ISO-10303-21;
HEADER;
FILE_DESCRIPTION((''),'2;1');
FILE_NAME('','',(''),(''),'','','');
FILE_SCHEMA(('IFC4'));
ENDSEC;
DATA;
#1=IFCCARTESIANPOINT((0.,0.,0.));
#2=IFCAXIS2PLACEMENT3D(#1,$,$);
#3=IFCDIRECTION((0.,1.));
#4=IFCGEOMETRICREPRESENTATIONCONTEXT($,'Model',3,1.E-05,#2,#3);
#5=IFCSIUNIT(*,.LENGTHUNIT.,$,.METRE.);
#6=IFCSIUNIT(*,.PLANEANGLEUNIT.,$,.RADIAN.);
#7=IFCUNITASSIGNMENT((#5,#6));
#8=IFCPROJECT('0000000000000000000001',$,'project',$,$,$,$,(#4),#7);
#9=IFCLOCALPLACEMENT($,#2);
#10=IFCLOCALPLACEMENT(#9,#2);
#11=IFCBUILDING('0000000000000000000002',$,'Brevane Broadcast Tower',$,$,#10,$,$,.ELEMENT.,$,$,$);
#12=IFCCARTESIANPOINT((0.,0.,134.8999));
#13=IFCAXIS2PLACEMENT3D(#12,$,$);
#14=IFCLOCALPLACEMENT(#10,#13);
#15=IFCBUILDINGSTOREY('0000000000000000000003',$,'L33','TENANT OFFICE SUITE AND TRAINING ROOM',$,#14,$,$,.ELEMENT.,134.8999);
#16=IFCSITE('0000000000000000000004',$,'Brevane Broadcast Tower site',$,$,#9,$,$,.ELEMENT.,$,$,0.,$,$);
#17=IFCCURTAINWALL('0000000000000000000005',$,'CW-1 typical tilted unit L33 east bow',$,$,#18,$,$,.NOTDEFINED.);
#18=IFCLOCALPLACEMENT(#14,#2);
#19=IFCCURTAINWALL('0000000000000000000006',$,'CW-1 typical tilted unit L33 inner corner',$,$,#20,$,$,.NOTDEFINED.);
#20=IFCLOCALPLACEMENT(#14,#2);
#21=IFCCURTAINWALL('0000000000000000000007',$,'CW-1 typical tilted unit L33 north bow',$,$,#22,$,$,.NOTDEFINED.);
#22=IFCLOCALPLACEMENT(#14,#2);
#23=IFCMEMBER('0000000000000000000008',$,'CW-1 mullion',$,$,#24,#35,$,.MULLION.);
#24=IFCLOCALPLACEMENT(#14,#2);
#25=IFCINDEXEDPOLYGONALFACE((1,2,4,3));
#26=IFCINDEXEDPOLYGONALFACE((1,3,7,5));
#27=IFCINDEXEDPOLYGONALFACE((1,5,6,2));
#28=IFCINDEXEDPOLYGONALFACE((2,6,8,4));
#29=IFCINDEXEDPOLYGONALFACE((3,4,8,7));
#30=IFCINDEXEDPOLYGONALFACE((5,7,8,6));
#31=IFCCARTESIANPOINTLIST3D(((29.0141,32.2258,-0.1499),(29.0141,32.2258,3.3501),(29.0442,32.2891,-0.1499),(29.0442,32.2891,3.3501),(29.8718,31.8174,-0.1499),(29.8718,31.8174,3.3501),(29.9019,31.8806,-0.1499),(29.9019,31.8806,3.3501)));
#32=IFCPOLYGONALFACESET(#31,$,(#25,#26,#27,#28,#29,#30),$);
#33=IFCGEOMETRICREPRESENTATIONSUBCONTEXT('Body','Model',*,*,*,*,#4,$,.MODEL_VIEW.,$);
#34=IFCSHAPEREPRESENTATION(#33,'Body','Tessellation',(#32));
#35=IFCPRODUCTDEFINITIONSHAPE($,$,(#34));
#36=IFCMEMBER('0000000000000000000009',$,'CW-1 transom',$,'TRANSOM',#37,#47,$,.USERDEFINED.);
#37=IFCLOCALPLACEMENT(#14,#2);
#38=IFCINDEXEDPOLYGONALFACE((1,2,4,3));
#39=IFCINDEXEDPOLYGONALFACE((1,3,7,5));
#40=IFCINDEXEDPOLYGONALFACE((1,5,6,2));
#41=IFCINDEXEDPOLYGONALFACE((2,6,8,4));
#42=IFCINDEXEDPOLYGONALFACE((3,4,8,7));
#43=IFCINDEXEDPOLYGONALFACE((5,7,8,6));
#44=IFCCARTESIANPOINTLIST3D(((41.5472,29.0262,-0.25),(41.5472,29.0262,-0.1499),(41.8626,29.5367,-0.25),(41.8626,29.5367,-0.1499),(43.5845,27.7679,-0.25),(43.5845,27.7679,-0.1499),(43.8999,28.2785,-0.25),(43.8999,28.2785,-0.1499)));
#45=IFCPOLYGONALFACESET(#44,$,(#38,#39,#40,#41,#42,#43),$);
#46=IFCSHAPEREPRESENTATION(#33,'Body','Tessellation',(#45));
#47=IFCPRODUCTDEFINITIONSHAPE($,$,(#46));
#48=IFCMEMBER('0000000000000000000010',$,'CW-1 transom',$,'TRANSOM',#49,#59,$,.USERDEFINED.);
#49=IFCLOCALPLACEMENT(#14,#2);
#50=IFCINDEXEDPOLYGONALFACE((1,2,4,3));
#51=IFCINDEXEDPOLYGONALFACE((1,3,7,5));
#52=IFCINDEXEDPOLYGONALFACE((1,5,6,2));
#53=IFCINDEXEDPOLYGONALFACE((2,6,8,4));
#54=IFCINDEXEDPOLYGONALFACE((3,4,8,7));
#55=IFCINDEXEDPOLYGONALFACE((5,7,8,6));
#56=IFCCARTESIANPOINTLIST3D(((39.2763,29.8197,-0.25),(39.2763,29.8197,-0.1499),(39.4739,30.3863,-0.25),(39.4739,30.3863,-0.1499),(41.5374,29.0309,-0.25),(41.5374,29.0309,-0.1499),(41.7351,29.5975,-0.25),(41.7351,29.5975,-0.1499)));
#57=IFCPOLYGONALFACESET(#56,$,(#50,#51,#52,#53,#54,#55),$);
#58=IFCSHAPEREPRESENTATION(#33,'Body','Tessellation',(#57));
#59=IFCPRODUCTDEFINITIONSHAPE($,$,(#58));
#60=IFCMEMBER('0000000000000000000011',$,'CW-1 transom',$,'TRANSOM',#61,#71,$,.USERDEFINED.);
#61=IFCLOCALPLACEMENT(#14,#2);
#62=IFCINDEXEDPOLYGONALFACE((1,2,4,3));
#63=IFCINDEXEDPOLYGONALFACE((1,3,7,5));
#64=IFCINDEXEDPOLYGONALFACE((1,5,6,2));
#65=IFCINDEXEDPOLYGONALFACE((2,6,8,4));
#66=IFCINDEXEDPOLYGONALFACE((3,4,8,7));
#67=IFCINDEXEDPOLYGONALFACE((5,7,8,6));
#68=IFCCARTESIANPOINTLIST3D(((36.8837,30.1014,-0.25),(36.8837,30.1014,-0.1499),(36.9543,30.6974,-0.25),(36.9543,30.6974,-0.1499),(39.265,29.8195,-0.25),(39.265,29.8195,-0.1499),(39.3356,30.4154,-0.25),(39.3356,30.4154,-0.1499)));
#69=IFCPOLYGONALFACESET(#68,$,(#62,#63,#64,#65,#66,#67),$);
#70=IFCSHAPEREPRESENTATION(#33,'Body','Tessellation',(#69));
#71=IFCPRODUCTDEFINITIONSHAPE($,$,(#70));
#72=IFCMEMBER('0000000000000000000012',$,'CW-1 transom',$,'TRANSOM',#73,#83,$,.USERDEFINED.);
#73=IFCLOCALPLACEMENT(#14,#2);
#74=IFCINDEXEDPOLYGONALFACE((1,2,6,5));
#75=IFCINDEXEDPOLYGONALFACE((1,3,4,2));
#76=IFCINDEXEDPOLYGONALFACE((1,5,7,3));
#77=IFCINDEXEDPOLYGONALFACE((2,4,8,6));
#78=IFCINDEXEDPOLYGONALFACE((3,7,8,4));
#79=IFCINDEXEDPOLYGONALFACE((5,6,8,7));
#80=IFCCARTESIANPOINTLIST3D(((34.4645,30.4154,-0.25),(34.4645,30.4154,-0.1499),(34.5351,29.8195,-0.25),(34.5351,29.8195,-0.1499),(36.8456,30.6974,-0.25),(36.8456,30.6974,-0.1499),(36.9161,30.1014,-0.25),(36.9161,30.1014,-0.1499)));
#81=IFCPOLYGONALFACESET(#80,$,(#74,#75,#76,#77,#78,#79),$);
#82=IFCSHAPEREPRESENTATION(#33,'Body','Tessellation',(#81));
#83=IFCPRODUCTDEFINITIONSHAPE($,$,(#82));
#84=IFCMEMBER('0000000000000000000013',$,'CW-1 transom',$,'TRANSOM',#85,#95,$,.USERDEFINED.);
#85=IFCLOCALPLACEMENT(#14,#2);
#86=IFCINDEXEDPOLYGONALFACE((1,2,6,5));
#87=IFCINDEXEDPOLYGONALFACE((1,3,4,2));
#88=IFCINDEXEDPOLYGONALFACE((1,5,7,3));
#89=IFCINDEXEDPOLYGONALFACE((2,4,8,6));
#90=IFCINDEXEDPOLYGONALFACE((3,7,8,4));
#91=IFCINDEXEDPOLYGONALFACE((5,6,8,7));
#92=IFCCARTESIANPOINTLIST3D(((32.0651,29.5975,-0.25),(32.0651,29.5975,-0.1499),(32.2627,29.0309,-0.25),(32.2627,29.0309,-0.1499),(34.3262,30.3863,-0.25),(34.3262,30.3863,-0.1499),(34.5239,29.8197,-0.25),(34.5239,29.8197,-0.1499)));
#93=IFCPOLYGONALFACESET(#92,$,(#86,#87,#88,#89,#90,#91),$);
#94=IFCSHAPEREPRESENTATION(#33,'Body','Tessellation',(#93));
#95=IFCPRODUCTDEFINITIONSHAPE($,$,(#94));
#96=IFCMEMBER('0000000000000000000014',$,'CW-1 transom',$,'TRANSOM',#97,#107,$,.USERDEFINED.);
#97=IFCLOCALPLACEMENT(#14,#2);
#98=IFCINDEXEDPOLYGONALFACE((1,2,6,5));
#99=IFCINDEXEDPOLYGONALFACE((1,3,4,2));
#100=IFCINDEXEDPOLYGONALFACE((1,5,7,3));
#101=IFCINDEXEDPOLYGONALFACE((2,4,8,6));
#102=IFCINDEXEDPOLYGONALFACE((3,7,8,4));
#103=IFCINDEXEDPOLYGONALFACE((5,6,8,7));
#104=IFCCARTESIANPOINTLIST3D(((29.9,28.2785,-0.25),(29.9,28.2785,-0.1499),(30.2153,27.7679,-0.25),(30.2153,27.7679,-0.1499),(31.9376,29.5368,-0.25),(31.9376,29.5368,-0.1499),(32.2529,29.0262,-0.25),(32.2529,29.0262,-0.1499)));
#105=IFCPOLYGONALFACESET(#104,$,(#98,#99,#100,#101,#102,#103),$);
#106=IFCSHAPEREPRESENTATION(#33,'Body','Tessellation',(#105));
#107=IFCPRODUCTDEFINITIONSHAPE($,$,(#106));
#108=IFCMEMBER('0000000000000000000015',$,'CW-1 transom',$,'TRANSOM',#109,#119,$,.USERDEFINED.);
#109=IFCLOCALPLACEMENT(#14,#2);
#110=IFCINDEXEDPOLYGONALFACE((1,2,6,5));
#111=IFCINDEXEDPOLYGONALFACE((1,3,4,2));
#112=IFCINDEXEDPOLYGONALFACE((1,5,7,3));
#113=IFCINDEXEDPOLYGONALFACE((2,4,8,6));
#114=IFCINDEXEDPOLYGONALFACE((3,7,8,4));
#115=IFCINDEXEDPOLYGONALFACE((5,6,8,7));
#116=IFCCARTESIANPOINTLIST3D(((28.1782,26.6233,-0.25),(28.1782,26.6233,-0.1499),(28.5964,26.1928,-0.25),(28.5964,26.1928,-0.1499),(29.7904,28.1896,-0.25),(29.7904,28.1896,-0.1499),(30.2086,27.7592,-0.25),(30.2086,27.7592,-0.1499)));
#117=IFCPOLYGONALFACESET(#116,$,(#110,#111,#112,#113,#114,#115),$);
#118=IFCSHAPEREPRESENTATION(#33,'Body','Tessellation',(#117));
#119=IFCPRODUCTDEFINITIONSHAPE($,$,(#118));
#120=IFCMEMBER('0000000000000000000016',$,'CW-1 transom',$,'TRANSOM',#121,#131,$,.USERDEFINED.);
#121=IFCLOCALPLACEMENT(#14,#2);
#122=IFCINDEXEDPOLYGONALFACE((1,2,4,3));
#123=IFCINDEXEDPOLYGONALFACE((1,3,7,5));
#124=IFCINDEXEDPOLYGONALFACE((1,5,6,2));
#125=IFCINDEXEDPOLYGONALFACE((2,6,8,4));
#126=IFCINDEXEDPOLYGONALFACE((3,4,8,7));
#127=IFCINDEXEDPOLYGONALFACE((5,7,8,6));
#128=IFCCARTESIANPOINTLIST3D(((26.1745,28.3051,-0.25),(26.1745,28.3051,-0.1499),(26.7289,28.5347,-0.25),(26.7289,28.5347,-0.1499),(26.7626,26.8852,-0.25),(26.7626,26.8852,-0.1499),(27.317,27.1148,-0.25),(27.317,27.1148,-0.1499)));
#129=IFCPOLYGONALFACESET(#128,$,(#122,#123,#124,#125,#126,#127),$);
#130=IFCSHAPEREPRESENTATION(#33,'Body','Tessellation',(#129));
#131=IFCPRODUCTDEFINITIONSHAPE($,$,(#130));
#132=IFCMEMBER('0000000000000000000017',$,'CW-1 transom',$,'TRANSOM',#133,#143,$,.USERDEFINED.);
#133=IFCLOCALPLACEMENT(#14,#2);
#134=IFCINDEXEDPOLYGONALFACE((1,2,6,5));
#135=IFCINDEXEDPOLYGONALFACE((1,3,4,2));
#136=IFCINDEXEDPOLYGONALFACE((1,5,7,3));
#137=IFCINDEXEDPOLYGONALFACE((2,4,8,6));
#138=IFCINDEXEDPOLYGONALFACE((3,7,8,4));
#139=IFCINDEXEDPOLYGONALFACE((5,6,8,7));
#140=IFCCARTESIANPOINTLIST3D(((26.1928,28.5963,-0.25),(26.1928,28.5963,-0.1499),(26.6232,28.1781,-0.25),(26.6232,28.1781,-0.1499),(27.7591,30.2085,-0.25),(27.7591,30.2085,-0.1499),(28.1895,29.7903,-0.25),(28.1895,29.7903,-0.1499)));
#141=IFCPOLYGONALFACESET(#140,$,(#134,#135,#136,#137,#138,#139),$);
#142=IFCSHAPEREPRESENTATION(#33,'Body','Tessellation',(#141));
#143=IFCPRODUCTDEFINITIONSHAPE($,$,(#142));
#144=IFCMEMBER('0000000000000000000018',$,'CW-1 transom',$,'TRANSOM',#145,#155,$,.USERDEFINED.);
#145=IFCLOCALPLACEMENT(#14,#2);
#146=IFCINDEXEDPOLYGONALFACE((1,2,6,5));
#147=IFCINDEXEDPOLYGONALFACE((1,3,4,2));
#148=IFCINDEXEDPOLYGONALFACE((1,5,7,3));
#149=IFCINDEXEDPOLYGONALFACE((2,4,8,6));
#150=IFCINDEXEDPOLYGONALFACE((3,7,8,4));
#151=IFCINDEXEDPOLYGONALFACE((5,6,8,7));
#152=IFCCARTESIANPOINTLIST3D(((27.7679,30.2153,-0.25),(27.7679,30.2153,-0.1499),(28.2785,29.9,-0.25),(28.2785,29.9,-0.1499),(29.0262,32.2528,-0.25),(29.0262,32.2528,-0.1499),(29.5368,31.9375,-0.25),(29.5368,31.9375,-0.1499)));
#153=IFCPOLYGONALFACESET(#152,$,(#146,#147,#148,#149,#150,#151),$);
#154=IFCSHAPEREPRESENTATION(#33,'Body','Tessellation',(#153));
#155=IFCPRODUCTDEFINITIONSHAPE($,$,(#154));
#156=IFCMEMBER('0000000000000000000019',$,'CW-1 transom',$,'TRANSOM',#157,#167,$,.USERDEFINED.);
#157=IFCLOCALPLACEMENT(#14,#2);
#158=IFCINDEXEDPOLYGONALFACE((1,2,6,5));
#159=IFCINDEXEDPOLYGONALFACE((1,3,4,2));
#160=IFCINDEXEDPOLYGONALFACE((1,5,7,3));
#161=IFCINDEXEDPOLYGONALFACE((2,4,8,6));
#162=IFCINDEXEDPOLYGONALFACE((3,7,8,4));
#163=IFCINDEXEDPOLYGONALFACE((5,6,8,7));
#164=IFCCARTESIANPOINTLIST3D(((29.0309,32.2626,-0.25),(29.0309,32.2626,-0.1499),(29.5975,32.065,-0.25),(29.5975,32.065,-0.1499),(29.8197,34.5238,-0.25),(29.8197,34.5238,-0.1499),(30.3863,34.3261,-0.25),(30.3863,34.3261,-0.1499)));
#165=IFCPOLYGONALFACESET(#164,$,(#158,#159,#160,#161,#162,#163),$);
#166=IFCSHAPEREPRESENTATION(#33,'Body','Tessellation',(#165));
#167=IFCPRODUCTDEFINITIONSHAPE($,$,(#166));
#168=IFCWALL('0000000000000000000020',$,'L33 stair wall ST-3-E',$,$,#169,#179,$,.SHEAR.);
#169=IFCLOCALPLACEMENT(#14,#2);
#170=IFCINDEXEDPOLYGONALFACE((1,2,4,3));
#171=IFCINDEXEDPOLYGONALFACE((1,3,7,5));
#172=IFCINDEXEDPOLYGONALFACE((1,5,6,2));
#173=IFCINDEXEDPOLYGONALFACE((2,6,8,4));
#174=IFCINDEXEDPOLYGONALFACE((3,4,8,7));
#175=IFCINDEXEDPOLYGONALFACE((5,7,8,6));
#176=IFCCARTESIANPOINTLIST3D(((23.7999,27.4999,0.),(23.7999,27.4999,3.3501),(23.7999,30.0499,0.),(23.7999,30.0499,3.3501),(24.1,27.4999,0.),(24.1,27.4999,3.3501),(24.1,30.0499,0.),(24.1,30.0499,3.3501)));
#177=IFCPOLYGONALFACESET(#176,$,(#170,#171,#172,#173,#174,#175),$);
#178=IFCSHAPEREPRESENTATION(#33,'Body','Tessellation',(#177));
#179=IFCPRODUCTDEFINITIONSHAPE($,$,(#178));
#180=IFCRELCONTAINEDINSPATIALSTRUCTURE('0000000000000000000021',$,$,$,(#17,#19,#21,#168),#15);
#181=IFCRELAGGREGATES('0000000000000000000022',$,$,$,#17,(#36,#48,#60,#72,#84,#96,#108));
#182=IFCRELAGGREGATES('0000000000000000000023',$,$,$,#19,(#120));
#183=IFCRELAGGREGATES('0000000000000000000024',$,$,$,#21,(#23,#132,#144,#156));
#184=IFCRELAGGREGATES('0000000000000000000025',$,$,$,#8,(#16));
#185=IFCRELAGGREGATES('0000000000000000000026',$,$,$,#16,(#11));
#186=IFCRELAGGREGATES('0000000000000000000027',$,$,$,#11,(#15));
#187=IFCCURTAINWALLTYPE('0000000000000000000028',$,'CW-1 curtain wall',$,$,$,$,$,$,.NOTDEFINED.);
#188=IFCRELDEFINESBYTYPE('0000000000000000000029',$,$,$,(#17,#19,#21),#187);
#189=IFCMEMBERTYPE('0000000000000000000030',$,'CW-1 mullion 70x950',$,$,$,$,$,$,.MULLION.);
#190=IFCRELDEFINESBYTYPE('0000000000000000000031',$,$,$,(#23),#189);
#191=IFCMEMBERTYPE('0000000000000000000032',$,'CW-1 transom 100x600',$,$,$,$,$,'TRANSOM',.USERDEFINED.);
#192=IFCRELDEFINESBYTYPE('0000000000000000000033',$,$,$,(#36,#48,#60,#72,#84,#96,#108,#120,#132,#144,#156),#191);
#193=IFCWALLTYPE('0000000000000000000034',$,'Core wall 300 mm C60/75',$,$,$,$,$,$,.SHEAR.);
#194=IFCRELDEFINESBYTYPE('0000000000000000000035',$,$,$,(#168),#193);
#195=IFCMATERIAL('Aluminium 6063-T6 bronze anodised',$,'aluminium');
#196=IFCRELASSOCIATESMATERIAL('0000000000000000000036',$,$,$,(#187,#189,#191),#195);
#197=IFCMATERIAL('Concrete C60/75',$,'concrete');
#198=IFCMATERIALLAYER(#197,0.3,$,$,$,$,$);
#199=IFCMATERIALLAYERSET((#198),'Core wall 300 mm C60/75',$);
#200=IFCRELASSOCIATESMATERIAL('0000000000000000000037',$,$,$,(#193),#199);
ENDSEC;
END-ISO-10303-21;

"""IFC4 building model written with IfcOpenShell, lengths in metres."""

from ifc_helpers import new_model, si_unit, direction, frame, frame_2d, origin, origin_2d, place, context, subcontext, project, spatial, rectangle, extrude, material, layer, layer_set, material_profile, profile_set, type_object, element, aggregate, save


model = new_model("IFC4")

# Units and contexts
model_context = context("Model", 3, precision=1e-05, world=origin(), true_north=direction((0.0, 1.0)))
body_context = subcontext(model_context, "Body", "Model", "MODEL_VIEW")
ifc_project = project(units=[si_unit("LENGTHUNIT", "METRE"), si_unit("PLANEANGLEUNIT", "RADIAN")], contexts=[model_context])

# Site, building, storey
site_placement = place(None, origin())
site = spatial("IfcSite", under=ifc_project, at=site_placement, Name="Brevane Broadcast Tower site", CompositionType="ELEMENT", RefElevation=0.0)
building_placement = place(site_placement, origin())
building = spatial("IfcBuilding", under=site, at=building_placement, Name="Brevane Broadcast Tower", CompositionType="ELEMENT")
storey_placement = place(building_placement, frame((0.0, 0.0, 134.8999)))
storey = spatial("IfcBuildingStorey", under=building, at=storey_placement, Name="L33", Description="TENANT OFFICE SUITE AND TRAINING ROOM", CompositionType="ELEMENT", Elevation=134.8999)

# Curtain walls, member
ifc_material_1 = material(Name="Aluminium 6063-T6 bronze anodised", Category="aluminium")
curtain_wall_type = type_object("IfcCurtainWallType", Name="CW-1 curtain wall", PredefinedType="NOTDEFINED", material=ifc_material_1)
ifc_material_profile_1 = material_profile(ifc_material_1, rectangle(XDim=0.95, YDim=0.0701, at=origin_2d()), Name="RECT 70x950")
ifc_profile_set_1 = profile_set([ifc_material_profile_1], Name="Aluminium 6063-T6 bronze anodised")
member_type_1 = type_object("IfcMemberType", Name="CW-1 mullion 70x950", PredefinedType="MULLION", material=ifc_profile_set_1)
curtain_wall_1_placement = place(storey_placement, origin())
curtain_wall_1 = element("IfcCurtainWall", 1, at=curtain_wall_1_placement, inside=storey, type_object=curtain_wall_type, Name="CW-1 typical tilted unit L33 east bow", PredefinedType="NOTDEFINED")
curtain_wall_2_placement = place(storey_placement, origin())
curtain_wall_2 = element("IfcCurtainWall", 2, at=curtain_wall_2_placement, inside=storey, type_object=curtain_wall_type, Name="CW-1 typical tilted unit L33 inner corner", PredefinedType="NOTDEFINED")
curtain_wall_3_placement = place(storey_placement, origin())
curtain_wall_3 = element("IfcCurtainWall", 3, at=curtain_wall_3_placement, inside=storey, type_object=curtain_wall_type, Name="CW-1 typical tilted unit L33 north bow", PredefinedType="NOTDEFINED")
member_1_placement = place(storey_placement, frame((29.458, 32.0532, -0.1499), z_axis=(0.0, 0.0, 1.0), x_axis=(-0.902861, 0.429934, 0.0)))
member_1 = element("IfcMember", 4, at=member_1_placement, type_object=member_type_1, Name="CW-1 mullion", PredefinedType="MULLION", context=body_context, shape_type="SweptSolid", body=[
    extrude(rectangle(XDim=0.95, YDim=0.0701, at=origin_2d()), origin(), (0.0, 0.0, 1.0), 3.5),
])

# Members
ifc_material_profile_2 = material_profile(ifc_material_1, rectangle(XDim=0.6001, YDim=0.1001, at=origin_2d()), Name="RECT 100x600")
ifc_profile_set_2 = profile_set([ifc_material_profile_2], Name="Aluminium 6063-T6 bronze anodised")
member_type_2 = type_object("IfcMemberType", Name="CW-1 transom 100x600", ElementType="TRANSOM", PredefinedType="USERDEFINED", material=ifc_profile_set_2)
member_2_placement = place(storey_placement, frame((43.7422, 28.0232, -0.2), z_axis=(-0.85081, 0.525473, 0.0), x_axis=(-0.525473, -0.85081, 0.0)))
member_2 = element("IfcMember", 5, at=member_2_placement, type_object=member_type_2, Name="CW-1 transom", ObjectType="TRANSOM", PredefinedType="USERDEFINED", context=body_context, shape_type="SweptSolid", body=[
    extrude(rectangle(XDim=0.6001, YDim=0.1001, at=origin_2d()), origin(), (0.0, 0.0, 1.0), 2.3945),
])
member_3_placement = place(storey_placement, frame((41.6362, 29.3142, -0.2), z_axis=(-0.944198, 0.329378, 0.0), x_axis=(-0.329378, -0.944198, 0.0)))
member_3 = element("IfcMember", 6, at=member_3_placement, type_object=member_type_2, Name="CW-1 transom", ObjectType="TRANSOM", PredefinedType="USERDEFINED", context=body_context, shape_type="SweptSolid", body=[
    extrude(rectangle(XDim=0.6001, YDim=0.1001, at=origin_2d()), origin(), (0.0, 0.0, 1.0), 2.3948),
])
member_4_placement = place(storey_placement, frame((39.3003, 30.1174, -0.2), z_axis=(-0.993062, 0.117591, 0.0), x_axis=(-0.117591, -0.993062, 0.0)))
member_4 = element("IfcMember", 7, at=member_4_placement, type_object=member_type_2, Name="CW-1 transom", ObjectType="TRANSOM", PredefinedType="USERDEFINED", context=body_context, shape_type="SweptSolid", body=[
    extrude(rectangle(XDim=0.6001, YDim=0.1001, at=origin_2d()), origin(), (0.0, 0.0, 1.0), 2.3979),
])
member_5_placement = place(storey_placement, frame((36.8809, 30.3994, -0.2), z_axis=(-0.993061, -0.117603, 0.0), x_axis=(0.117603, -0.993061, 0.0)))
member_5 = element("IfcMember", 8, at=member_5_placement, type_object=member_type_2, Name="CW-1 transom", ObjectType="TRANSOM", PredefinedType="USERDEFINED", context=body_context, shape_type="SweptSolid", body=[
    extrude(rectangle(XDim=0.6001, YDim=0.1001, at=origin_2d()), origin(), (0.0, 0.0, 1.0), 2.3977),
])
member_6_placement = place(storey_placement, frame((34.425, 30.103, -0.2), z_axis=(-0.944198, -0.329378, 0.0), x_axis=(0.329378, -0.944198, 0.0)))
member_6 = element("IfcMember", 9, at=member_6_placement, type_object=member_type_2, Name="CW-1 transom", ObjectType="TRANSOM", PredefinedType="USERDEFINED", context=body_context, shape_type="SweptSolid", body=[
    extrude(rectangle(XDim=0.6001, YDim=0.1001, at=origin_2d()), origin(), (0.0, 0.0, 1.0), 2.3948),
])
member_7_placement = place(storey_placement, frame((32.0952, 29.2815, -0.2), z_axis=(-0.850838, -0.525428, 0.0), x_axis=(0.525428, -0.850838, 0.0)))
member_7 = element("IfcMember", 10, at=member_7_placement, type_object=member_type_2, Name="CW-1 transom", ObjectType="TRANSOM", PredefinedType="USERDEFINED", context=body_context, shape_type="SweptSolid", body=[
    extrude(rectangle(XDim=0.6001, YDim=0.1001, at=origin_2d()), origin(), (0.0, 0.0, 1.0), 2.3948),
])
member_8_placement = place(storey_placement, frame((29.9995, 27.9744, -0.2), z_axis=(-0.717242, -0.696824, 0.0), x_axis=(0.696824, -0.717242, 0.0)))
member_8 = element("IfcMember", 11, at=member_8_placement, type_object=member_type_2, Name="CW-1 transom", ObjectType="TRANSOM", PredefinedType="USERDEFINED", context=body_context, shape_type="SweptSolid", body=[
    extrude(rectangle(XDim=0.6001, YDim=0.1001, at=origin_2d()), origin(), (0.0, 0.0, 1.0), 2.2478),
])
aggregate(curtain_wall_1, [member_2, member_3, member_4, member_5, member_6, member_7, member_8])
member_9_placement = place(storey_placement, frame((27.0398, 27.0, -0.2), z_axis=(-0.382674, 0.923883, 0.0), x_axis=(-0.923883, -0.382674, 0.0)))
member_9 = element("IfcMember", 12, at=member_9_placement, type_object=member_type_2, Name="CW-1 transom", ObjectType="TRANSOM", PredefinedType="USERDEFINED", context=body_context, shape_type="SweptSolid", body=[
    extrude(rectangle(XDim=0.6001, YDim=0.1001, at=origin_2d()), origin(), (0.0, 0.0, 1.0), 1.5369),
])
aggregate(curtain_wall_2, [member_9])
member_10_placement = place(storey_placement, frame((26.408, 28.3872, -0.2), z_axis=(0.696824, 0.717242, 0.0), x_axis=(-0.717242, 0.696824, 0.0)))
member_10 = element("IfcMember", 13, at=member_10_placement, type_object=member_type_2, Name="CW-1 transom", ObjectType="TRANSOM", PredefinedType="USERDEFINED", context=body_context, shape_type="SweptSolid", body=[
    extrude(rectangle(XDim=0.6001, YDim=0.1001, at=origin_2d()), origin(), (0.0, 0.0, 1.0), 2.2478),
])
member_11_placement = place(storey_placement, frame((28.0232, 30.0576, -0.2), z_axis=(0.525428, 0.850838, 0.0), x_axis=(-0.850838, 0.525428, 0.0)))
member_11 = element("IfcMember", 14, at=member_11_placement, type_object=member_type_2, Name="CW-1 transom", ObjectType="TRANSOM", PredefinedType="USERDEFINED", context=body_context, shape_type="SweptSolid", body=[
    extrude(rectangle(XDim=0.6001, YDim=0.1001, at=origin_2d()), origin(), (0.0, 0.0, 1.0), 2.3948),
])
member_12_placement = place(storey_placement, frame((29.3142, 32.1638, -0.2), z_axis=(0.329378, 0.944198, 0.0), x_axis=(-0.944198, 0.329378, 0.0)))
member_12 = element("IfcMember", 15, at=member_12_placement, type_object=member_type_2, Name="CW-1 transom", ObjectType="TRANSOM", PredefinedType="USERDEFINED", context=body_context, shape_type="SweptSolid", body=[
    extrude(rectangle(XDim=0.6001, YDim=0.1001, at=origin_2d()), origin(), (0.0, 0.0, 1.0), 2.3948),
])
aggregate(curtain_wall_3, [member_1, member_10, member_11, member_12])

# Wall
ifc_material_2 = material(Name="Concrete C60/75", Category="concrete")
ifc_layer_1 = layer(ifc_material_2, 0.3)
ifc_layer_set_1 = layer_set([ifc_layer_1], Name="Core wall 300 mm C60/75")
wall_type_1 = type_object("IfcWallType", Name="Core wall 300 mm C60/75", PredefinedType="SHEAR", material=ifc_layer_set_1)
wall_1_placement = place(storey_placement, frame((23.95, 27.5, 0.0), z_axis=(0.0, 0.0, 1.0), x_axis=(0.0, 1.0, 0.0)))
element("IfcWall", 16, at=wall_1_placement, inside=storey, type_object=wall_type_1, Name="L33 stair wall ST-3-E", PredefinedType="SHEAR", context=body_context, shape_type="SweptSolid", body=[
    extrude(rectangle(XDim=2.55, YDim=0.3, at=frame_2d((1.2749, 0.0))), origin(), (0.0, 0.0, 1.0), 3.3501),
])

save(model, "model.ifc")
